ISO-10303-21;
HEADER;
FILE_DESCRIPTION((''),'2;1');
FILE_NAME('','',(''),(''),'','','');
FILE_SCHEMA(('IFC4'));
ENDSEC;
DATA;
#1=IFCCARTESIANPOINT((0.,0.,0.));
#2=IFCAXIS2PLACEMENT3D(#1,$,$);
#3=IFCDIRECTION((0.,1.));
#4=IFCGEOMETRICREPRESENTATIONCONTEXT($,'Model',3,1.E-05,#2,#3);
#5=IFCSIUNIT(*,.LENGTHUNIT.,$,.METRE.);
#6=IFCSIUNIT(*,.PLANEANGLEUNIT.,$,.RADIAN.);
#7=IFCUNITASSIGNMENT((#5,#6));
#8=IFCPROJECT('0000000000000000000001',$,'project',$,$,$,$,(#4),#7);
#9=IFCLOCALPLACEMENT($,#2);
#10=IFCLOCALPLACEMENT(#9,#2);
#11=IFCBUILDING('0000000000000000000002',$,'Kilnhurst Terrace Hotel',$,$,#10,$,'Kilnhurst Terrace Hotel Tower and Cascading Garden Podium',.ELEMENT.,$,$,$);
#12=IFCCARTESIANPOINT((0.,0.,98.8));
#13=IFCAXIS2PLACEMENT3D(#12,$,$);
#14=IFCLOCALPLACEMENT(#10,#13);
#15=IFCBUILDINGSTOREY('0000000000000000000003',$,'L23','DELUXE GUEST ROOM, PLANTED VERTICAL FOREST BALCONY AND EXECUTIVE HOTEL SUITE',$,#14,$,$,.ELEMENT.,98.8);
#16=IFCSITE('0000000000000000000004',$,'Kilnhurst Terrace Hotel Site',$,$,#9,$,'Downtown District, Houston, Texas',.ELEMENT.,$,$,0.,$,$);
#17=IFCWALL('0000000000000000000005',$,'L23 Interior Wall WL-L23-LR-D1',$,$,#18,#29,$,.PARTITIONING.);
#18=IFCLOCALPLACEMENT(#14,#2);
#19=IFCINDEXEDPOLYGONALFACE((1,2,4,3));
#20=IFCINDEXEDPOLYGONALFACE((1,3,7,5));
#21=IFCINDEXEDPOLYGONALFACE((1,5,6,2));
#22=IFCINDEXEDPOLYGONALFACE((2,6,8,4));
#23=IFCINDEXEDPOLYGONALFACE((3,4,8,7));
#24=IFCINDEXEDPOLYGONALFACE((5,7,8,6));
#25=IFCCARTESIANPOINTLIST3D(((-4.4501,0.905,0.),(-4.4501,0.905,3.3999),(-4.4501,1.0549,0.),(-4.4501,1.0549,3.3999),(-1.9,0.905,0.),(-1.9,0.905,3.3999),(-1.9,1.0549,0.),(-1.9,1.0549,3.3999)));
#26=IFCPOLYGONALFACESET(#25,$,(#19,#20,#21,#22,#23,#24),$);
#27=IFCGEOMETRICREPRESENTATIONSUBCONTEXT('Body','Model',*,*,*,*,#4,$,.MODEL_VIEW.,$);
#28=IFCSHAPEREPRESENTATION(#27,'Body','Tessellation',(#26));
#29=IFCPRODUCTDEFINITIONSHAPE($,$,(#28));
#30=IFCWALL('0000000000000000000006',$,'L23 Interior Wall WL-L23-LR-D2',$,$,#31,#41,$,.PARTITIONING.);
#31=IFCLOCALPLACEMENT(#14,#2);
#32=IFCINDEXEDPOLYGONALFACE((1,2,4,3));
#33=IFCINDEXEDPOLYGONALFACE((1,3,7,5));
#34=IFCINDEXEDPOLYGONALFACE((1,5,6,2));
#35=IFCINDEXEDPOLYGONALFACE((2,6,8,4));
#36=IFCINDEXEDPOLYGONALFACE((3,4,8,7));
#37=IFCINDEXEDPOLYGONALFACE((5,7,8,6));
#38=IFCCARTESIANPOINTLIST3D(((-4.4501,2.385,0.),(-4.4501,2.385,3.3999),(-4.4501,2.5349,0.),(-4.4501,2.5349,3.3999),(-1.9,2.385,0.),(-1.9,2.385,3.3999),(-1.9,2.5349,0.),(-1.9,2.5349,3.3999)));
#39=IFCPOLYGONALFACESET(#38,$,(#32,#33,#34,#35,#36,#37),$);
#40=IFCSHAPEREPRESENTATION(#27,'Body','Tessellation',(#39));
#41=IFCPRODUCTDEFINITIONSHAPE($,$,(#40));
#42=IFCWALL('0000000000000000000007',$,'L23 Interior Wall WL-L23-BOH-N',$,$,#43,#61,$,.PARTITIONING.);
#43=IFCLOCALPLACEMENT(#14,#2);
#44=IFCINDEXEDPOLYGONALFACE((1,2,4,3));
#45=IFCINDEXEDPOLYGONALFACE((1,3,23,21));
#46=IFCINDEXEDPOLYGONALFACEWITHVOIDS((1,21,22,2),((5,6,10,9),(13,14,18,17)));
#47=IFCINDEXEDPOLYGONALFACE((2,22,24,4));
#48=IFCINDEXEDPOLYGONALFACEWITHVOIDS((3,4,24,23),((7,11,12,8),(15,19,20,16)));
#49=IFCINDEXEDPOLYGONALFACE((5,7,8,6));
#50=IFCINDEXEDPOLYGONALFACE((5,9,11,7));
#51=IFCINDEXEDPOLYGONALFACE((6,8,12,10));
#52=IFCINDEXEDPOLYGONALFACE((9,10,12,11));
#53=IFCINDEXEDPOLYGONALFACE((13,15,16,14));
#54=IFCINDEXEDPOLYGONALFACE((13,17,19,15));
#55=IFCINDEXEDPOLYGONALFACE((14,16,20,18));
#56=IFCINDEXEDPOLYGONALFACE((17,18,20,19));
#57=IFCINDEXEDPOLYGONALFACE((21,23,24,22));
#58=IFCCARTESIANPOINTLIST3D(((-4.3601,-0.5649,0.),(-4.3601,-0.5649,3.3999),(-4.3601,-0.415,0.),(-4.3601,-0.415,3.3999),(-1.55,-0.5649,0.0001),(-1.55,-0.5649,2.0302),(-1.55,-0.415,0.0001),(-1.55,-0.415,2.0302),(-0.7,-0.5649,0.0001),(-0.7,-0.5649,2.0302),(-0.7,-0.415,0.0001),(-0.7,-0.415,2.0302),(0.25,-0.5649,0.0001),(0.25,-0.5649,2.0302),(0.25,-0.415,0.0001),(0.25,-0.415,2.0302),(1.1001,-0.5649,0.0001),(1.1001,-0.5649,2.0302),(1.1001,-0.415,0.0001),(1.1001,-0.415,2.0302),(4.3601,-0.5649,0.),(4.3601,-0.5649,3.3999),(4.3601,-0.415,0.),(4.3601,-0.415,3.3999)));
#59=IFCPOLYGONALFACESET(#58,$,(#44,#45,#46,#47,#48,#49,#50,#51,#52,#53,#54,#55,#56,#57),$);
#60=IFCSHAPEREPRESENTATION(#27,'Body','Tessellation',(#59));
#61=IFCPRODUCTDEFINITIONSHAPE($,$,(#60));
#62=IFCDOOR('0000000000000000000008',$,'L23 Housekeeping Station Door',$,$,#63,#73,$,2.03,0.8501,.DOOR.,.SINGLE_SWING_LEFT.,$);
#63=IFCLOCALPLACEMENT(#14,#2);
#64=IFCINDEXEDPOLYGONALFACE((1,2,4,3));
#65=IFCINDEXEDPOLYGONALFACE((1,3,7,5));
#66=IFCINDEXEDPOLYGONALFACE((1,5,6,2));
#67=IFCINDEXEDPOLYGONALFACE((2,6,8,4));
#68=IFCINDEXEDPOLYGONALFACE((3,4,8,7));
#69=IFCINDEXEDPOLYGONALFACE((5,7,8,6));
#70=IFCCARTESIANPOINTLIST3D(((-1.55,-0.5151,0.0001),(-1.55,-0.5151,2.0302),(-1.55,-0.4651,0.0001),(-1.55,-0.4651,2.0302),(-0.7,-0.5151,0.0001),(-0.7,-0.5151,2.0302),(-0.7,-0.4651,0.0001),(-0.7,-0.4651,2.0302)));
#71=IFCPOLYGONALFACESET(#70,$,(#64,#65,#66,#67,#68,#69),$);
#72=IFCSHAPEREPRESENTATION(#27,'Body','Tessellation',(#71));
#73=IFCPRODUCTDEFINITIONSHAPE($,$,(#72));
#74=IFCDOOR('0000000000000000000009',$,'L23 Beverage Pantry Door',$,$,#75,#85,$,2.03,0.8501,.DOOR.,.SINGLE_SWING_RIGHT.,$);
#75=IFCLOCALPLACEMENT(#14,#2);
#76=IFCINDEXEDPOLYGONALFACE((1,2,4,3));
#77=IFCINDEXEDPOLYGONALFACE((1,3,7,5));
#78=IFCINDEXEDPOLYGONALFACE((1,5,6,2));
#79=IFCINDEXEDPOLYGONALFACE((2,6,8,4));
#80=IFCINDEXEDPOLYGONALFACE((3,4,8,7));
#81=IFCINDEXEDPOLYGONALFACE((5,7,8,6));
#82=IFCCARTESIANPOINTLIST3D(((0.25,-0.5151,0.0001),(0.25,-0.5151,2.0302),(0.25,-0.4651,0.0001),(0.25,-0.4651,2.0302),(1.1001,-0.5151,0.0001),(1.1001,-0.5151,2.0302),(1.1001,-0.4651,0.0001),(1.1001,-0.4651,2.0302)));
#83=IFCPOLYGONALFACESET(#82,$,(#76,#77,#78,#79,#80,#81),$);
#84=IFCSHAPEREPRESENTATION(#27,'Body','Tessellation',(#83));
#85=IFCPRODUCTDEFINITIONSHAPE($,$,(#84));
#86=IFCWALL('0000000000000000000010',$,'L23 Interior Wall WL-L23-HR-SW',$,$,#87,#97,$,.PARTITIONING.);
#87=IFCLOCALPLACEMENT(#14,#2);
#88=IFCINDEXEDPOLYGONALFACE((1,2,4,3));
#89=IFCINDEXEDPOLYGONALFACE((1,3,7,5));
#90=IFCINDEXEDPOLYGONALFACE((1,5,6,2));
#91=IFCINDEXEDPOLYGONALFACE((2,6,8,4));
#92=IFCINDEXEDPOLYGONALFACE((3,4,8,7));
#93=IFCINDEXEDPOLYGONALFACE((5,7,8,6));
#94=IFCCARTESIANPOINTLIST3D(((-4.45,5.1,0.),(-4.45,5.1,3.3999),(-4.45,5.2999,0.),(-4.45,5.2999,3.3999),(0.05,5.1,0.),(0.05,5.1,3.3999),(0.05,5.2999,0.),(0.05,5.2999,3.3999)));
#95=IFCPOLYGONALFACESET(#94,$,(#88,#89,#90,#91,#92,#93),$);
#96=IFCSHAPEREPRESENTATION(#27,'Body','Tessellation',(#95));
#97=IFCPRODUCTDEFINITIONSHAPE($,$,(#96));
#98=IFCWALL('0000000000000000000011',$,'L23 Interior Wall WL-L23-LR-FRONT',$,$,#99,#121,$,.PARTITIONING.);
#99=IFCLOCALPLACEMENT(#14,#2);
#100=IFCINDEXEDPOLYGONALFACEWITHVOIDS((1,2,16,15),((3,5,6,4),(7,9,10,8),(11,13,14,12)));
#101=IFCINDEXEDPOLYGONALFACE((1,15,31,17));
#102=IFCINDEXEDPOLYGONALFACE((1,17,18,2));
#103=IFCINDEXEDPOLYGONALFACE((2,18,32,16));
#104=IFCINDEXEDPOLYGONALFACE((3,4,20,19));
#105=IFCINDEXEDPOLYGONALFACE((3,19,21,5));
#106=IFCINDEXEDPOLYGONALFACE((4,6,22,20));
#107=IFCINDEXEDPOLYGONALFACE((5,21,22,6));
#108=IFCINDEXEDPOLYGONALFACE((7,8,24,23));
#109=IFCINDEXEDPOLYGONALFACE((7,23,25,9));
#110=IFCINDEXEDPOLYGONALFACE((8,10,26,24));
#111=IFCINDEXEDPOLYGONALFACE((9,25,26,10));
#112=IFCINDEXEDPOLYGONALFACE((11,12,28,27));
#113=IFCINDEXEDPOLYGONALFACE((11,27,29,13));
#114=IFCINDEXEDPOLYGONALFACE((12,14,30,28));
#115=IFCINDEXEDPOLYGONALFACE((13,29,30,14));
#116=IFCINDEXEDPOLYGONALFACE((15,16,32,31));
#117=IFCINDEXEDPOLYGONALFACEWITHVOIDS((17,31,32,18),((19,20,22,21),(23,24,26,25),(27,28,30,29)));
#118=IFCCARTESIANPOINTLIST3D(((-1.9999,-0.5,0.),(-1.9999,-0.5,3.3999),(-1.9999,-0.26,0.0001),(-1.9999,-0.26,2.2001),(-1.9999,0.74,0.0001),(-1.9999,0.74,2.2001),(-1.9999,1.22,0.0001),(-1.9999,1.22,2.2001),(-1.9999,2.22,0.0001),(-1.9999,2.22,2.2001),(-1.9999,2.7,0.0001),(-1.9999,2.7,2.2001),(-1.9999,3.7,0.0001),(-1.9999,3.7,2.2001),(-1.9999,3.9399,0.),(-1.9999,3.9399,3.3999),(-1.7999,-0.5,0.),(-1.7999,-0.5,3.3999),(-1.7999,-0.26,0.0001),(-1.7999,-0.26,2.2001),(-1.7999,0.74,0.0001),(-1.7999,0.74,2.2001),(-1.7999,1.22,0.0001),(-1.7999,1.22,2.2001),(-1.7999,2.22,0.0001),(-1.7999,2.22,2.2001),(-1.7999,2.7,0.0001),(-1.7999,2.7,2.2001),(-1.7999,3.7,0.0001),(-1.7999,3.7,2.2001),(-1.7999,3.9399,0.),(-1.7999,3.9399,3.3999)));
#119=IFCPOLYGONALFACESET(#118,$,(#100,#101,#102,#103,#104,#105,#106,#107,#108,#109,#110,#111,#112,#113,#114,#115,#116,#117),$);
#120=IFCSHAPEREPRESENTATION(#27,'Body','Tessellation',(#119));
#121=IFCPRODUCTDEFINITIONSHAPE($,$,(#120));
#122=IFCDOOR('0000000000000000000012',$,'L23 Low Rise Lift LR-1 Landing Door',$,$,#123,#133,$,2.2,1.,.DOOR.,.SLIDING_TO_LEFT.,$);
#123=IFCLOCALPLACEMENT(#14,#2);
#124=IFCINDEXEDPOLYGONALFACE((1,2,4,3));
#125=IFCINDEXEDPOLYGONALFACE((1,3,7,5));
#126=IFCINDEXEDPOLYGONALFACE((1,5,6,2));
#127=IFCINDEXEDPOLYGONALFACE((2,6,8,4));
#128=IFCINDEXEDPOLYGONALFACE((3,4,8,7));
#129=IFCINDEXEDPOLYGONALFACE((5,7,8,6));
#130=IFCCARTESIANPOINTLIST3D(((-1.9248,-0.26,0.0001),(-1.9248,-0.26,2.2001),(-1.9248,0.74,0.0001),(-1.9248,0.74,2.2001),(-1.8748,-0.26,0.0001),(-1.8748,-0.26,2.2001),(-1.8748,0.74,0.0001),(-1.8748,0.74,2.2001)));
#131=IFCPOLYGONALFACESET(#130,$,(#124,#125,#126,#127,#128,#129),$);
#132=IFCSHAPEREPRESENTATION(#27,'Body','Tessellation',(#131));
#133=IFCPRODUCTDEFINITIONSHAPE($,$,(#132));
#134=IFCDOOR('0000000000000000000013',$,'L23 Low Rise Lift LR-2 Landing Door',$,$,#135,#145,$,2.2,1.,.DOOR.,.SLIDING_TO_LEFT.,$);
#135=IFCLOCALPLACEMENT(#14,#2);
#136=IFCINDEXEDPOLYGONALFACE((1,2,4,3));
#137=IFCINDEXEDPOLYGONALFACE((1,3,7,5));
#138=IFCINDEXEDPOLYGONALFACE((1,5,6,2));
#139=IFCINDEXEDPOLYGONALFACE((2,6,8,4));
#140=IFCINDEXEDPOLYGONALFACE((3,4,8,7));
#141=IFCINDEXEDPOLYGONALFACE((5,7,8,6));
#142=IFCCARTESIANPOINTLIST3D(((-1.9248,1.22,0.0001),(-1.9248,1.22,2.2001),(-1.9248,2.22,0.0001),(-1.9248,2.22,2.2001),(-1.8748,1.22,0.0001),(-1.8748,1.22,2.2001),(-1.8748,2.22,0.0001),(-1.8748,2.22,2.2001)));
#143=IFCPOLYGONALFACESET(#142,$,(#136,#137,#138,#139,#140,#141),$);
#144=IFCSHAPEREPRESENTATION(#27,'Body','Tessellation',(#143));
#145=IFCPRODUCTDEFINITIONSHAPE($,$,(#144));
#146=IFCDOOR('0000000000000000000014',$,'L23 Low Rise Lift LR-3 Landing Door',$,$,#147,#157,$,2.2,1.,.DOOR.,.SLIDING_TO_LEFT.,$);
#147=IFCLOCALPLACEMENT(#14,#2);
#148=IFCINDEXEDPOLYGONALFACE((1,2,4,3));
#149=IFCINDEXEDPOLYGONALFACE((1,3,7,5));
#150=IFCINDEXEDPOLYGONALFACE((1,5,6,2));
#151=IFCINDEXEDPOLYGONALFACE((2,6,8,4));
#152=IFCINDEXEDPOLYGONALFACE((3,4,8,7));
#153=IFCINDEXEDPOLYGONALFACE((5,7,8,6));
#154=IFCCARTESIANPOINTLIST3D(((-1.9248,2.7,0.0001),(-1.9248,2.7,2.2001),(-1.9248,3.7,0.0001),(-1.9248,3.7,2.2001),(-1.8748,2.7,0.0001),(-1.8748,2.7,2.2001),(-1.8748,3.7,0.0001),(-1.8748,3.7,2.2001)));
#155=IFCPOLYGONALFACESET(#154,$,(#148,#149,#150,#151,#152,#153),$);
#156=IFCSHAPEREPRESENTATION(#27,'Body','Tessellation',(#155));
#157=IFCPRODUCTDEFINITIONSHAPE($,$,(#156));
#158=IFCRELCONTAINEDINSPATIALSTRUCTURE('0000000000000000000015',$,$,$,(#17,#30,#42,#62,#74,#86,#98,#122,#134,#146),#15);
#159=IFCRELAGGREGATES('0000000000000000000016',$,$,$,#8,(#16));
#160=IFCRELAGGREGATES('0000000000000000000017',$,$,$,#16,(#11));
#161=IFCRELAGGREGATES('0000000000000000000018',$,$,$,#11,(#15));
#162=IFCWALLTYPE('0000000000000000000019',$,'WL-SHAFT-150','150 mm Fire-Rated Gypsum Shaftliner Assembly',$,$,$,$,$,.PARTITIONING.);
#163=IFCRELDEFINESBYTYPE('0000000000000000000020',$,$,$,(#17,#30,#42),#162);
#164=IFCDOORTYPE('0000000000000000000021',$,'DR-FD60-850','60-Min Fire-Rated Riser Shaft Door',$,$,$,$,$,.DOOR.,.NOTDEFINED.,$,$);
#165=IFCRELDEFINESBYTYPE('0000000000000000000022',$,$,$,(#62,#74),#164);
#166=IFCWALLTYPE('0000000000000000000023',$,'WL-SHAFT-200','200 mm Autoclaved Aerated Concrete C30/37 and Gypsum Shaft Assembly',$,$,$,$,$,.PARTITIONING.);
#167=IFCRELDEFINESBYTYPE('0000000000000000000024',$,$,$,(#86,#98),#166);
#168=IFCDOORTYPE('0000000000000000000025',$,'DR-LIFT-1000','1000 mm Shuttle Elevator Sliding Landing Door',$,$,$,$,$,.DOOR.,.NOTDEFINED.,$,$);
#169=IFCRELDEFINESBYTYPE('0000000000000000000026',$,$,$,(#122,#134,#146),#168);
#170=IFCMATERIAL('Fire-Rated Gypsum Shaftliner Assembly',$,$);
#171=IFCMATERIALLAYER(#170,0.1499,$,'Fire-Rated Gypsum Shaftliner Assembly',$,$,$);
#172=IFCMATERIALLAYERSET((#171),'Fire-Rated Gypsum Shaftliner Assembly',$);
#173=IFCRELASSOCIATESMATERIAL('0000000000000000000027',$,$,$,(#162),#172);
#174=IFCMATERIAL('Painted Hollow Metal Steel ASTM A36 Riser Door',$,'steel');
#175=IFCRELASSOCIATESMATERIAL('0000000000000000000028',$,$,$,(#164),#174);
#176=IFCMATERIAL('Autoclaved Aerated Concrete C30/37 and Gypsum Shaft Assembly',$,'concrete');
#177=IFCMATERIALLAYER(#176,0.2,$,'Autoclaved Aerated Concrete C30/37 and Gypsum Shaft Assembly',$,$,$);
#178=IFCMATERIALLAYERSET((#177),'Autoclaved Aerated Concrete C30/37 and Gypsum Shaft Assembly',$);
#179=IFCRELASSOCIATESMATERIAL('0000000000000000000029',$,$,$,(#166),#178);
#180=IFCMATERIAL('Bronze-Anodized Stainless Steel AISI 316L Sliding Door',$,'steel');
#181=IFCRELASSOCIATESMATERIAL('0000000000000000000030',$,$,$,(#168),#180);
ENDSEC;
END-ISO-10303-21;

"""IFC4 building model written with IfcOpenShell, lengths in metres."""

from ifc_helpers import new_model, si_unit, direction, frame, frame_2d, origin, place, context, subcontext, project, spatial, rectangle, extrude, material, layer, layer_set, type_object, element, fill, save


model = new_model("IFC4")

# Units and contexts
model_context = context("Model", 3, precision=1e-05, world=origin(), true_north=direction((0.0, 1.0)))
body_context = subcontext(model_context, "Body", "Model", "MODEL_VIEW")
ifc_project = project(units=[si_unit("LENGTHUNIT", "METRE"), si_unit("PLANEANGLEUNIT", "RADIAN")], contexts=[model_context])

# Site, building, storey
site_placement = place(None, origin())
site = spatial("IfcSite", under=ifc_project, at=site_placement, Name="Kilnhurst Terrace Hotel Site", LongName="Downtown District, Houston, Texas", CompositionType="ELEMENT", RefElevation=0.0)
building_placement = place(site_placement, origin())
building = spatial("IfcBuilding", under=site, at=building_placement, Name="Kilnhurst Terrace Hotel", LongName="Kilnhurst Terrace Hotel Tower and Cascading Garden Podium", CompositionType="ELEMENT")
storey_placement = place(building_placement, frame((0.0, 0.0, 98.8)))
storey = spatial("IfcBuildingStorey", under=building, at=storey_placement, Name="L23", Description="DELUXE GUEST ROOM, PLANTED VERTICAL FOREST BALCONY AND EXECUTIVE HOTEL SUITE", CompositionType="ELEMENT", Elevation=98.8)

# Walls
ifc_material_1 = material(Name="Fire-Rated Gypsum Shaftliner Assembly")
ifc_layer_1 = layer(ifc_material_1, 0.1499, Name="Fire-Rated Gypsum Shaftliner Assembly")
ifc_layer_set_1 = layer_set([ifc_layer_1], Name="Fire-Rated Gypsum Shaftliner Assembly")
wall_type_1 = type_object("IfcWallType", Name="WL-SHAFT-150", Description="150 mm Fire-Rated Gypsum Shaftliner Assembly", PredefinedType="PARTITIONING", material=ifc_layer_set_1)
for number, where, z_axis, x_axis, name in (
    (1, (-4.45, 0.98, 0.0), (0.0, 0.0, 1.0), (1.0, 0.0, 0.0), "L23 Interior Wall WL-L23-LR-D1"),
    (2, (-4.45, 2.46, 0.0), (0.0, 0.0, 1.0), (1.0, 0.0, 0.0), "L23 Interior Wall WL-L23-LR-D2"),
):
    element("IfcWall", number, at=place(storey_placement, frame(where, z_axis=z_axis, x_axis=x_axis)), inside=storey, type_object=wall_type_1, Name=name, PredefinedType="PARTITIONING", context=body_context, shape_type="SweptSolid", body=[
        extrude(rectangle(XDim=2.55, YDim=0.1499, at=frame_2d((1.2749, 0.0))), origin(), (0.0, 0.0, 1.0), 3.3999),
    ])

# Wall, openings, doors
wall_1_placement = place(storey_placement, frame((-4.3601, -0.49, 0.0), z_axis=(0.0, 0.0, 1.0), x_axis=(1.0, 0.0, 0.0)))
wall_1 = element("IfcWall", 3, at=wall_1_placement, inside=storey, type_object=wall_type_1, Name="L23 Interior Wall WL-L23-BOH-N", PredefinedType="PARTITIONING", context=body_context, shape_type="SweptSolid", body=[
    extrude(rectangle(XDim=8.7202, YDim=0.1499, at=frame_2d((4.3601, 0.0))), origin(), (0.0, 0.0, 1.0), 3.3999),
])
opening_1_placement = place(wall_1_placement, frame((2.8101, 0.0, 0.0)))
opening_1 = element("IfcOpeningElement", 4, at=opening_1_placement, cuts=wall_1, PredefinedType="OPENING", context=body_context, shape_type="SweptSolid", body=[
    extrude(rectangle(XDim=0.8501, YDim=2.03, at=frame_2d((0.425, 1.0151))), frame((0.0, 0.085, 0.0), z_axis=(0.0, -1.0, 0.0), x_axis=(1.0, 0.0, 0.0)), (0.0, 0.0, 1.0), 0.1699),
])
opening_2_placement = place(wall_1_placement, frame((4.6101, 0.0, 0.0)))
opening_2 = element("IfcOpeningElement", 5, at=opening_2_placement, cuts=wall_1, PredefinedType="OPENING", context=body_context, shape_type="SweptSolid", body=[
    extrude(rectangle(XDim=0.8501, YDim=2.03, at=frame_2d((0.425, 1.0151))), frame((0.0, 0.085, 0.0), z_axis=(0.0, -1.0, 0.0), x_axis=(1.0, 0.0, 0.0)), (0.0, 0.0, 1.0), 0.1699),
])
ifc_material_2 = material(Name="Painted Hollow Metal Steel ASTM A36 Riser Door", Category="steel")
door_type_1 = type_object("IfcDoorType", Name="DR-FD60-850", Description="60-Min Fire-Rated Riser Shaft Door", OperationType="NOTDEFINED", PredefinedType="DOOR", material=ifc_material_2)
door_1_placement = place(opening_1_placement, origin())
door_1 = element("IfcDoor", 6, at=door_1_placement, inside=storey, type_object=door_type_1, Name="L23 Housekeeping Station Door", OperationType="SINGLE_SWING_LEFT", OverallHeight=2.03, OverallWidth=0.8501, PredefinedType="DOOR", context=body_context, shape_type="SweptSolid", body=[
    extrude(rectangle(XDim=0.8501, YDim=2.03, at=frame_2d((0.425, 1.0151))), frame((0.0, 0.0249, 0.0), z_axis=(0.0, -1.0, 0.0), x_axis=(1.0, 0.0, 0.0)), (0.0, 0.0, 1.0), 0.05),
])
fill(opening_1, door_1)
door_2_placement = place(opening_2_placement, origin())
door_2 = element("IfcDoor", 7, at=door_2_placement, inside=storey, type_object=door_type_1, Name="L23 Beverage Pantry Door", OperationType="SINGLE_SWING_RIGHT", OverallHeight=2.03, OverallWidth=0.8501, PredefinedType="DOOR", context=body_context, shape_type="SweptSolid", body=[
    extrude(rectangle(XDim=0.8501, YDim=2.03, at=frame_2d((0.425, 1.0151))), frame((0.0, 0.0249, 0.0), z_axis=(0.0, -1.0, 0.0), x_axis=(1.0, 0.0, 0.0)), (0.0, 0.0, 1.0), 0.05),
])
fill(opening_2, door_2)

# Wall
ifc_material_3 = material(Name="Autoclaved Aerated Concrete C30/37 and Gypsum Shaft Assembly", Category="concrete")
ifc_layer_2 = layer(ifc_material_3, 0.2, Name="Autoclaved Aerated Concrete C30/37 and Gypsum Shaft Assembly")
ifc_layer_set_2 = layer_set([ifc_layer_2], Name="Autoclaved Aerated Concrete C30/37 and Gypsum Shaft Assembly")
wall_type_2 = type_object("IfcWallType", Name="WL-SHAFT-200", Description="200 mm Autoclaved Aerated Concrete C30/37 and Gypsum Shaft Assembly", PredefinedType="PARTITIONING", material=ifc_layer_set_2)
wall_2_placement = place(storey_placement, frame((-4.45, 5.2, 0.0), z_axis=(0.0, 0.0, 1.0), x_axis=(1.0, 0.0, 0.0)))
element("IfcWall", 8, at=wall_2_placement, inside=storey, type_object=wall_type_2, Name="L23 Interior Wall WL-L23-HR-SW", PredefinedType="PARTITIONING", context=body_context, shape_type="SweptSolid", body=[
    extrude(rectangle(XDim=4.5, YDim=0.2, at=frame_2d((2.25, 0.0))), origin(), (0.0, 0.0, 1.0), 3.3999),
])

# Wall, openings, doors
wall_3_placement = place(storey_placement, frame((-1.8999, -0.5, 0.0), z_axis=(0.0, 0.0, 1.0), x_axis=(0.0, 1.0, 0.0)))
wall_3 = element("IfcWall", 9, at=wall_3_placement, inside=storey, type_object=wall_type_2, Name="L23 Interior Wall WL-L23-LR-FRONT", PredefinedType="PARTITIONING", context=body_context, shape_type="SweptSolid", body=[
    extrude(rectangle(XDim=4.4399, YDim=0.2, at=frame_2d((2.22, 0.0))), origin(), (0.0, 0.0, 1.0), 3.3999),
])
opening_3_placement = place(wall_3_placement, frame((0.24, 0.0, 0.0)))
opening_3 = element("IfcOpeningElement", 10, at=opening_3_placement, cuts=wall_3, PredefinedType="OPENING", context=body_context, shape_type="SweptSolid", body=[
    extrude(rectangle(XDim=1.0, YDim=2.2, at=frame_2d((0.5, 1.1001))), frame((0.0, 0.1099, 0.0), z_axis=(0.0, -1.0, 0.0), x_axis=(1.0, 0.0, 0.0)), (0.0, 0.0, 1.0), 0.22),
])
opening_4_placement = place(wall_3_placement, frame((1.72, 0.0, 0.0)))
opening_4 = element("IfcOpeningElement", 11, at=opening_4_placement, cuts=wall_3, PredefinedType="OPENING", context=body_context, shape_type="SweptSolid", body=[
    extrude(rectangle(XDim=1.0, YDim=2.2, at=frame_2d((0.5, 1.1001))), frame((0.0, 0.1099, 0.0), z_axis=(0.0, -1.0, 0.0), x_axis=(1.0, 0.0, 0.0)), (0.0, 0.0, 1.0), 0.22),
])
opening_5_placement = place(wall_3_placement, frame((3.2, 0.0, 0.0)))
opening_5 = element("IfcOpeningElement", 12, at=opening_5_placement, cuts=wall_3, PredefinedType="OPENING", context=body_context, shape_type="SweptSolid", body=[
    extrude(rectangle(XDim=1.0, YDim=2.2, at=frame_2d((0.5, 1.1001))), frame((0.0, 0.1099, 0.0), z_axis=(0.0, -1.0, 0.0), x_axis=(1.0, 0.0, 0.0)), (0.0, 0.0, 1.0), 0.22),
])
ifc_material_4 = material(Name="Bronze-Anodized Stainless Steel AISI 316L Sliding Door", Category="steel")
door_type_2 = type_object("IfcDoorType", Name="DR-LIFT-1000", Description="1000 mm Shuttle Elevator Sliding Landing Door", OperationType="NOTDEFINED", PredefinedType="DOOR", material=ifc_material_4)
door_3_placement = place(opening_3_placement, origin())
door_3 = element("IfcDoor", 13, at=door_3_placement, inside=storey, type_object=door_type_2, Name="L23 Low Rise Lift LR-1 Landing Door", OperationType="SLIDING_TO_LEFT", OverallHeight=2.2, OverallWidth=1.0, PredefinedType="DOOR", context=body_context, shape_type="SweptSolid", body=[
    extrude(rectangle(XDim=1.0, YDim=2.2, at=frame_2d((0.5, 1.1001))), frame((0.0, 0.0249, 0.0), z_axis=(0.0, -1.0, 0.0), x_axis=(1.0, 0.0, 0.0)), (0.0, 0.0, 1.0), 0.05),
])
fill(opening_3, door_3)
door_4_placement = place(opening_4_placement, origin())
door_4 = element("IfcDoor", 14, at=door_4_placement, inside=storey, type_object=door_type_2, Name="L23 Low Rise Lift LR-2 Landing Door", OperationType="SLIDING_TO_LEFT", OverallHeight=2.2, OverallWidth=1.0, PredefinedType="DOOR", context=body_context, shape_type="SweptSolid", body=[
    extrude(rectangle(XDim=1.0, YDim=2.2, at=frame_2d((0.5, 1.1001))), frame((0.0, 0.0249, 0.0), z_axis=(0.0, -1.0, 0.0), x_axis=(1.0, 0.0, 0.0)), (0.0, 0.0, 1.0), 0.05),
])
fill(opening_4, door_4)
door_5_placement = place(opening_5_placement, origin())
door_5 = element("IfcDoor", 15, at=door_5_placement, inside=storey, type_object=door_type_2, Name="L23 Low Rise Lift LR-3 Landing Door", OperationType="SLIDING_TO_LEFT", OverallHeight=2.2, OverallWidth=1.0, PredefinedType="DOOR", context=body_context, shape_type="SweptSolid", body=[
    extrude(rectangle(XDim=1.0, YDim=2.2, at=frame_2d((0.5, 1.1001))), frame((0.0, 0.0249, 0.0), z_axis=(0.0, -1.0, 0.0), x_axis=(1.0, 0.0, 0.0)), (0.0, 0.0, 1.0), 0.05),
])
fill(opening_5, door_5)

save(model, "model.ifc")
